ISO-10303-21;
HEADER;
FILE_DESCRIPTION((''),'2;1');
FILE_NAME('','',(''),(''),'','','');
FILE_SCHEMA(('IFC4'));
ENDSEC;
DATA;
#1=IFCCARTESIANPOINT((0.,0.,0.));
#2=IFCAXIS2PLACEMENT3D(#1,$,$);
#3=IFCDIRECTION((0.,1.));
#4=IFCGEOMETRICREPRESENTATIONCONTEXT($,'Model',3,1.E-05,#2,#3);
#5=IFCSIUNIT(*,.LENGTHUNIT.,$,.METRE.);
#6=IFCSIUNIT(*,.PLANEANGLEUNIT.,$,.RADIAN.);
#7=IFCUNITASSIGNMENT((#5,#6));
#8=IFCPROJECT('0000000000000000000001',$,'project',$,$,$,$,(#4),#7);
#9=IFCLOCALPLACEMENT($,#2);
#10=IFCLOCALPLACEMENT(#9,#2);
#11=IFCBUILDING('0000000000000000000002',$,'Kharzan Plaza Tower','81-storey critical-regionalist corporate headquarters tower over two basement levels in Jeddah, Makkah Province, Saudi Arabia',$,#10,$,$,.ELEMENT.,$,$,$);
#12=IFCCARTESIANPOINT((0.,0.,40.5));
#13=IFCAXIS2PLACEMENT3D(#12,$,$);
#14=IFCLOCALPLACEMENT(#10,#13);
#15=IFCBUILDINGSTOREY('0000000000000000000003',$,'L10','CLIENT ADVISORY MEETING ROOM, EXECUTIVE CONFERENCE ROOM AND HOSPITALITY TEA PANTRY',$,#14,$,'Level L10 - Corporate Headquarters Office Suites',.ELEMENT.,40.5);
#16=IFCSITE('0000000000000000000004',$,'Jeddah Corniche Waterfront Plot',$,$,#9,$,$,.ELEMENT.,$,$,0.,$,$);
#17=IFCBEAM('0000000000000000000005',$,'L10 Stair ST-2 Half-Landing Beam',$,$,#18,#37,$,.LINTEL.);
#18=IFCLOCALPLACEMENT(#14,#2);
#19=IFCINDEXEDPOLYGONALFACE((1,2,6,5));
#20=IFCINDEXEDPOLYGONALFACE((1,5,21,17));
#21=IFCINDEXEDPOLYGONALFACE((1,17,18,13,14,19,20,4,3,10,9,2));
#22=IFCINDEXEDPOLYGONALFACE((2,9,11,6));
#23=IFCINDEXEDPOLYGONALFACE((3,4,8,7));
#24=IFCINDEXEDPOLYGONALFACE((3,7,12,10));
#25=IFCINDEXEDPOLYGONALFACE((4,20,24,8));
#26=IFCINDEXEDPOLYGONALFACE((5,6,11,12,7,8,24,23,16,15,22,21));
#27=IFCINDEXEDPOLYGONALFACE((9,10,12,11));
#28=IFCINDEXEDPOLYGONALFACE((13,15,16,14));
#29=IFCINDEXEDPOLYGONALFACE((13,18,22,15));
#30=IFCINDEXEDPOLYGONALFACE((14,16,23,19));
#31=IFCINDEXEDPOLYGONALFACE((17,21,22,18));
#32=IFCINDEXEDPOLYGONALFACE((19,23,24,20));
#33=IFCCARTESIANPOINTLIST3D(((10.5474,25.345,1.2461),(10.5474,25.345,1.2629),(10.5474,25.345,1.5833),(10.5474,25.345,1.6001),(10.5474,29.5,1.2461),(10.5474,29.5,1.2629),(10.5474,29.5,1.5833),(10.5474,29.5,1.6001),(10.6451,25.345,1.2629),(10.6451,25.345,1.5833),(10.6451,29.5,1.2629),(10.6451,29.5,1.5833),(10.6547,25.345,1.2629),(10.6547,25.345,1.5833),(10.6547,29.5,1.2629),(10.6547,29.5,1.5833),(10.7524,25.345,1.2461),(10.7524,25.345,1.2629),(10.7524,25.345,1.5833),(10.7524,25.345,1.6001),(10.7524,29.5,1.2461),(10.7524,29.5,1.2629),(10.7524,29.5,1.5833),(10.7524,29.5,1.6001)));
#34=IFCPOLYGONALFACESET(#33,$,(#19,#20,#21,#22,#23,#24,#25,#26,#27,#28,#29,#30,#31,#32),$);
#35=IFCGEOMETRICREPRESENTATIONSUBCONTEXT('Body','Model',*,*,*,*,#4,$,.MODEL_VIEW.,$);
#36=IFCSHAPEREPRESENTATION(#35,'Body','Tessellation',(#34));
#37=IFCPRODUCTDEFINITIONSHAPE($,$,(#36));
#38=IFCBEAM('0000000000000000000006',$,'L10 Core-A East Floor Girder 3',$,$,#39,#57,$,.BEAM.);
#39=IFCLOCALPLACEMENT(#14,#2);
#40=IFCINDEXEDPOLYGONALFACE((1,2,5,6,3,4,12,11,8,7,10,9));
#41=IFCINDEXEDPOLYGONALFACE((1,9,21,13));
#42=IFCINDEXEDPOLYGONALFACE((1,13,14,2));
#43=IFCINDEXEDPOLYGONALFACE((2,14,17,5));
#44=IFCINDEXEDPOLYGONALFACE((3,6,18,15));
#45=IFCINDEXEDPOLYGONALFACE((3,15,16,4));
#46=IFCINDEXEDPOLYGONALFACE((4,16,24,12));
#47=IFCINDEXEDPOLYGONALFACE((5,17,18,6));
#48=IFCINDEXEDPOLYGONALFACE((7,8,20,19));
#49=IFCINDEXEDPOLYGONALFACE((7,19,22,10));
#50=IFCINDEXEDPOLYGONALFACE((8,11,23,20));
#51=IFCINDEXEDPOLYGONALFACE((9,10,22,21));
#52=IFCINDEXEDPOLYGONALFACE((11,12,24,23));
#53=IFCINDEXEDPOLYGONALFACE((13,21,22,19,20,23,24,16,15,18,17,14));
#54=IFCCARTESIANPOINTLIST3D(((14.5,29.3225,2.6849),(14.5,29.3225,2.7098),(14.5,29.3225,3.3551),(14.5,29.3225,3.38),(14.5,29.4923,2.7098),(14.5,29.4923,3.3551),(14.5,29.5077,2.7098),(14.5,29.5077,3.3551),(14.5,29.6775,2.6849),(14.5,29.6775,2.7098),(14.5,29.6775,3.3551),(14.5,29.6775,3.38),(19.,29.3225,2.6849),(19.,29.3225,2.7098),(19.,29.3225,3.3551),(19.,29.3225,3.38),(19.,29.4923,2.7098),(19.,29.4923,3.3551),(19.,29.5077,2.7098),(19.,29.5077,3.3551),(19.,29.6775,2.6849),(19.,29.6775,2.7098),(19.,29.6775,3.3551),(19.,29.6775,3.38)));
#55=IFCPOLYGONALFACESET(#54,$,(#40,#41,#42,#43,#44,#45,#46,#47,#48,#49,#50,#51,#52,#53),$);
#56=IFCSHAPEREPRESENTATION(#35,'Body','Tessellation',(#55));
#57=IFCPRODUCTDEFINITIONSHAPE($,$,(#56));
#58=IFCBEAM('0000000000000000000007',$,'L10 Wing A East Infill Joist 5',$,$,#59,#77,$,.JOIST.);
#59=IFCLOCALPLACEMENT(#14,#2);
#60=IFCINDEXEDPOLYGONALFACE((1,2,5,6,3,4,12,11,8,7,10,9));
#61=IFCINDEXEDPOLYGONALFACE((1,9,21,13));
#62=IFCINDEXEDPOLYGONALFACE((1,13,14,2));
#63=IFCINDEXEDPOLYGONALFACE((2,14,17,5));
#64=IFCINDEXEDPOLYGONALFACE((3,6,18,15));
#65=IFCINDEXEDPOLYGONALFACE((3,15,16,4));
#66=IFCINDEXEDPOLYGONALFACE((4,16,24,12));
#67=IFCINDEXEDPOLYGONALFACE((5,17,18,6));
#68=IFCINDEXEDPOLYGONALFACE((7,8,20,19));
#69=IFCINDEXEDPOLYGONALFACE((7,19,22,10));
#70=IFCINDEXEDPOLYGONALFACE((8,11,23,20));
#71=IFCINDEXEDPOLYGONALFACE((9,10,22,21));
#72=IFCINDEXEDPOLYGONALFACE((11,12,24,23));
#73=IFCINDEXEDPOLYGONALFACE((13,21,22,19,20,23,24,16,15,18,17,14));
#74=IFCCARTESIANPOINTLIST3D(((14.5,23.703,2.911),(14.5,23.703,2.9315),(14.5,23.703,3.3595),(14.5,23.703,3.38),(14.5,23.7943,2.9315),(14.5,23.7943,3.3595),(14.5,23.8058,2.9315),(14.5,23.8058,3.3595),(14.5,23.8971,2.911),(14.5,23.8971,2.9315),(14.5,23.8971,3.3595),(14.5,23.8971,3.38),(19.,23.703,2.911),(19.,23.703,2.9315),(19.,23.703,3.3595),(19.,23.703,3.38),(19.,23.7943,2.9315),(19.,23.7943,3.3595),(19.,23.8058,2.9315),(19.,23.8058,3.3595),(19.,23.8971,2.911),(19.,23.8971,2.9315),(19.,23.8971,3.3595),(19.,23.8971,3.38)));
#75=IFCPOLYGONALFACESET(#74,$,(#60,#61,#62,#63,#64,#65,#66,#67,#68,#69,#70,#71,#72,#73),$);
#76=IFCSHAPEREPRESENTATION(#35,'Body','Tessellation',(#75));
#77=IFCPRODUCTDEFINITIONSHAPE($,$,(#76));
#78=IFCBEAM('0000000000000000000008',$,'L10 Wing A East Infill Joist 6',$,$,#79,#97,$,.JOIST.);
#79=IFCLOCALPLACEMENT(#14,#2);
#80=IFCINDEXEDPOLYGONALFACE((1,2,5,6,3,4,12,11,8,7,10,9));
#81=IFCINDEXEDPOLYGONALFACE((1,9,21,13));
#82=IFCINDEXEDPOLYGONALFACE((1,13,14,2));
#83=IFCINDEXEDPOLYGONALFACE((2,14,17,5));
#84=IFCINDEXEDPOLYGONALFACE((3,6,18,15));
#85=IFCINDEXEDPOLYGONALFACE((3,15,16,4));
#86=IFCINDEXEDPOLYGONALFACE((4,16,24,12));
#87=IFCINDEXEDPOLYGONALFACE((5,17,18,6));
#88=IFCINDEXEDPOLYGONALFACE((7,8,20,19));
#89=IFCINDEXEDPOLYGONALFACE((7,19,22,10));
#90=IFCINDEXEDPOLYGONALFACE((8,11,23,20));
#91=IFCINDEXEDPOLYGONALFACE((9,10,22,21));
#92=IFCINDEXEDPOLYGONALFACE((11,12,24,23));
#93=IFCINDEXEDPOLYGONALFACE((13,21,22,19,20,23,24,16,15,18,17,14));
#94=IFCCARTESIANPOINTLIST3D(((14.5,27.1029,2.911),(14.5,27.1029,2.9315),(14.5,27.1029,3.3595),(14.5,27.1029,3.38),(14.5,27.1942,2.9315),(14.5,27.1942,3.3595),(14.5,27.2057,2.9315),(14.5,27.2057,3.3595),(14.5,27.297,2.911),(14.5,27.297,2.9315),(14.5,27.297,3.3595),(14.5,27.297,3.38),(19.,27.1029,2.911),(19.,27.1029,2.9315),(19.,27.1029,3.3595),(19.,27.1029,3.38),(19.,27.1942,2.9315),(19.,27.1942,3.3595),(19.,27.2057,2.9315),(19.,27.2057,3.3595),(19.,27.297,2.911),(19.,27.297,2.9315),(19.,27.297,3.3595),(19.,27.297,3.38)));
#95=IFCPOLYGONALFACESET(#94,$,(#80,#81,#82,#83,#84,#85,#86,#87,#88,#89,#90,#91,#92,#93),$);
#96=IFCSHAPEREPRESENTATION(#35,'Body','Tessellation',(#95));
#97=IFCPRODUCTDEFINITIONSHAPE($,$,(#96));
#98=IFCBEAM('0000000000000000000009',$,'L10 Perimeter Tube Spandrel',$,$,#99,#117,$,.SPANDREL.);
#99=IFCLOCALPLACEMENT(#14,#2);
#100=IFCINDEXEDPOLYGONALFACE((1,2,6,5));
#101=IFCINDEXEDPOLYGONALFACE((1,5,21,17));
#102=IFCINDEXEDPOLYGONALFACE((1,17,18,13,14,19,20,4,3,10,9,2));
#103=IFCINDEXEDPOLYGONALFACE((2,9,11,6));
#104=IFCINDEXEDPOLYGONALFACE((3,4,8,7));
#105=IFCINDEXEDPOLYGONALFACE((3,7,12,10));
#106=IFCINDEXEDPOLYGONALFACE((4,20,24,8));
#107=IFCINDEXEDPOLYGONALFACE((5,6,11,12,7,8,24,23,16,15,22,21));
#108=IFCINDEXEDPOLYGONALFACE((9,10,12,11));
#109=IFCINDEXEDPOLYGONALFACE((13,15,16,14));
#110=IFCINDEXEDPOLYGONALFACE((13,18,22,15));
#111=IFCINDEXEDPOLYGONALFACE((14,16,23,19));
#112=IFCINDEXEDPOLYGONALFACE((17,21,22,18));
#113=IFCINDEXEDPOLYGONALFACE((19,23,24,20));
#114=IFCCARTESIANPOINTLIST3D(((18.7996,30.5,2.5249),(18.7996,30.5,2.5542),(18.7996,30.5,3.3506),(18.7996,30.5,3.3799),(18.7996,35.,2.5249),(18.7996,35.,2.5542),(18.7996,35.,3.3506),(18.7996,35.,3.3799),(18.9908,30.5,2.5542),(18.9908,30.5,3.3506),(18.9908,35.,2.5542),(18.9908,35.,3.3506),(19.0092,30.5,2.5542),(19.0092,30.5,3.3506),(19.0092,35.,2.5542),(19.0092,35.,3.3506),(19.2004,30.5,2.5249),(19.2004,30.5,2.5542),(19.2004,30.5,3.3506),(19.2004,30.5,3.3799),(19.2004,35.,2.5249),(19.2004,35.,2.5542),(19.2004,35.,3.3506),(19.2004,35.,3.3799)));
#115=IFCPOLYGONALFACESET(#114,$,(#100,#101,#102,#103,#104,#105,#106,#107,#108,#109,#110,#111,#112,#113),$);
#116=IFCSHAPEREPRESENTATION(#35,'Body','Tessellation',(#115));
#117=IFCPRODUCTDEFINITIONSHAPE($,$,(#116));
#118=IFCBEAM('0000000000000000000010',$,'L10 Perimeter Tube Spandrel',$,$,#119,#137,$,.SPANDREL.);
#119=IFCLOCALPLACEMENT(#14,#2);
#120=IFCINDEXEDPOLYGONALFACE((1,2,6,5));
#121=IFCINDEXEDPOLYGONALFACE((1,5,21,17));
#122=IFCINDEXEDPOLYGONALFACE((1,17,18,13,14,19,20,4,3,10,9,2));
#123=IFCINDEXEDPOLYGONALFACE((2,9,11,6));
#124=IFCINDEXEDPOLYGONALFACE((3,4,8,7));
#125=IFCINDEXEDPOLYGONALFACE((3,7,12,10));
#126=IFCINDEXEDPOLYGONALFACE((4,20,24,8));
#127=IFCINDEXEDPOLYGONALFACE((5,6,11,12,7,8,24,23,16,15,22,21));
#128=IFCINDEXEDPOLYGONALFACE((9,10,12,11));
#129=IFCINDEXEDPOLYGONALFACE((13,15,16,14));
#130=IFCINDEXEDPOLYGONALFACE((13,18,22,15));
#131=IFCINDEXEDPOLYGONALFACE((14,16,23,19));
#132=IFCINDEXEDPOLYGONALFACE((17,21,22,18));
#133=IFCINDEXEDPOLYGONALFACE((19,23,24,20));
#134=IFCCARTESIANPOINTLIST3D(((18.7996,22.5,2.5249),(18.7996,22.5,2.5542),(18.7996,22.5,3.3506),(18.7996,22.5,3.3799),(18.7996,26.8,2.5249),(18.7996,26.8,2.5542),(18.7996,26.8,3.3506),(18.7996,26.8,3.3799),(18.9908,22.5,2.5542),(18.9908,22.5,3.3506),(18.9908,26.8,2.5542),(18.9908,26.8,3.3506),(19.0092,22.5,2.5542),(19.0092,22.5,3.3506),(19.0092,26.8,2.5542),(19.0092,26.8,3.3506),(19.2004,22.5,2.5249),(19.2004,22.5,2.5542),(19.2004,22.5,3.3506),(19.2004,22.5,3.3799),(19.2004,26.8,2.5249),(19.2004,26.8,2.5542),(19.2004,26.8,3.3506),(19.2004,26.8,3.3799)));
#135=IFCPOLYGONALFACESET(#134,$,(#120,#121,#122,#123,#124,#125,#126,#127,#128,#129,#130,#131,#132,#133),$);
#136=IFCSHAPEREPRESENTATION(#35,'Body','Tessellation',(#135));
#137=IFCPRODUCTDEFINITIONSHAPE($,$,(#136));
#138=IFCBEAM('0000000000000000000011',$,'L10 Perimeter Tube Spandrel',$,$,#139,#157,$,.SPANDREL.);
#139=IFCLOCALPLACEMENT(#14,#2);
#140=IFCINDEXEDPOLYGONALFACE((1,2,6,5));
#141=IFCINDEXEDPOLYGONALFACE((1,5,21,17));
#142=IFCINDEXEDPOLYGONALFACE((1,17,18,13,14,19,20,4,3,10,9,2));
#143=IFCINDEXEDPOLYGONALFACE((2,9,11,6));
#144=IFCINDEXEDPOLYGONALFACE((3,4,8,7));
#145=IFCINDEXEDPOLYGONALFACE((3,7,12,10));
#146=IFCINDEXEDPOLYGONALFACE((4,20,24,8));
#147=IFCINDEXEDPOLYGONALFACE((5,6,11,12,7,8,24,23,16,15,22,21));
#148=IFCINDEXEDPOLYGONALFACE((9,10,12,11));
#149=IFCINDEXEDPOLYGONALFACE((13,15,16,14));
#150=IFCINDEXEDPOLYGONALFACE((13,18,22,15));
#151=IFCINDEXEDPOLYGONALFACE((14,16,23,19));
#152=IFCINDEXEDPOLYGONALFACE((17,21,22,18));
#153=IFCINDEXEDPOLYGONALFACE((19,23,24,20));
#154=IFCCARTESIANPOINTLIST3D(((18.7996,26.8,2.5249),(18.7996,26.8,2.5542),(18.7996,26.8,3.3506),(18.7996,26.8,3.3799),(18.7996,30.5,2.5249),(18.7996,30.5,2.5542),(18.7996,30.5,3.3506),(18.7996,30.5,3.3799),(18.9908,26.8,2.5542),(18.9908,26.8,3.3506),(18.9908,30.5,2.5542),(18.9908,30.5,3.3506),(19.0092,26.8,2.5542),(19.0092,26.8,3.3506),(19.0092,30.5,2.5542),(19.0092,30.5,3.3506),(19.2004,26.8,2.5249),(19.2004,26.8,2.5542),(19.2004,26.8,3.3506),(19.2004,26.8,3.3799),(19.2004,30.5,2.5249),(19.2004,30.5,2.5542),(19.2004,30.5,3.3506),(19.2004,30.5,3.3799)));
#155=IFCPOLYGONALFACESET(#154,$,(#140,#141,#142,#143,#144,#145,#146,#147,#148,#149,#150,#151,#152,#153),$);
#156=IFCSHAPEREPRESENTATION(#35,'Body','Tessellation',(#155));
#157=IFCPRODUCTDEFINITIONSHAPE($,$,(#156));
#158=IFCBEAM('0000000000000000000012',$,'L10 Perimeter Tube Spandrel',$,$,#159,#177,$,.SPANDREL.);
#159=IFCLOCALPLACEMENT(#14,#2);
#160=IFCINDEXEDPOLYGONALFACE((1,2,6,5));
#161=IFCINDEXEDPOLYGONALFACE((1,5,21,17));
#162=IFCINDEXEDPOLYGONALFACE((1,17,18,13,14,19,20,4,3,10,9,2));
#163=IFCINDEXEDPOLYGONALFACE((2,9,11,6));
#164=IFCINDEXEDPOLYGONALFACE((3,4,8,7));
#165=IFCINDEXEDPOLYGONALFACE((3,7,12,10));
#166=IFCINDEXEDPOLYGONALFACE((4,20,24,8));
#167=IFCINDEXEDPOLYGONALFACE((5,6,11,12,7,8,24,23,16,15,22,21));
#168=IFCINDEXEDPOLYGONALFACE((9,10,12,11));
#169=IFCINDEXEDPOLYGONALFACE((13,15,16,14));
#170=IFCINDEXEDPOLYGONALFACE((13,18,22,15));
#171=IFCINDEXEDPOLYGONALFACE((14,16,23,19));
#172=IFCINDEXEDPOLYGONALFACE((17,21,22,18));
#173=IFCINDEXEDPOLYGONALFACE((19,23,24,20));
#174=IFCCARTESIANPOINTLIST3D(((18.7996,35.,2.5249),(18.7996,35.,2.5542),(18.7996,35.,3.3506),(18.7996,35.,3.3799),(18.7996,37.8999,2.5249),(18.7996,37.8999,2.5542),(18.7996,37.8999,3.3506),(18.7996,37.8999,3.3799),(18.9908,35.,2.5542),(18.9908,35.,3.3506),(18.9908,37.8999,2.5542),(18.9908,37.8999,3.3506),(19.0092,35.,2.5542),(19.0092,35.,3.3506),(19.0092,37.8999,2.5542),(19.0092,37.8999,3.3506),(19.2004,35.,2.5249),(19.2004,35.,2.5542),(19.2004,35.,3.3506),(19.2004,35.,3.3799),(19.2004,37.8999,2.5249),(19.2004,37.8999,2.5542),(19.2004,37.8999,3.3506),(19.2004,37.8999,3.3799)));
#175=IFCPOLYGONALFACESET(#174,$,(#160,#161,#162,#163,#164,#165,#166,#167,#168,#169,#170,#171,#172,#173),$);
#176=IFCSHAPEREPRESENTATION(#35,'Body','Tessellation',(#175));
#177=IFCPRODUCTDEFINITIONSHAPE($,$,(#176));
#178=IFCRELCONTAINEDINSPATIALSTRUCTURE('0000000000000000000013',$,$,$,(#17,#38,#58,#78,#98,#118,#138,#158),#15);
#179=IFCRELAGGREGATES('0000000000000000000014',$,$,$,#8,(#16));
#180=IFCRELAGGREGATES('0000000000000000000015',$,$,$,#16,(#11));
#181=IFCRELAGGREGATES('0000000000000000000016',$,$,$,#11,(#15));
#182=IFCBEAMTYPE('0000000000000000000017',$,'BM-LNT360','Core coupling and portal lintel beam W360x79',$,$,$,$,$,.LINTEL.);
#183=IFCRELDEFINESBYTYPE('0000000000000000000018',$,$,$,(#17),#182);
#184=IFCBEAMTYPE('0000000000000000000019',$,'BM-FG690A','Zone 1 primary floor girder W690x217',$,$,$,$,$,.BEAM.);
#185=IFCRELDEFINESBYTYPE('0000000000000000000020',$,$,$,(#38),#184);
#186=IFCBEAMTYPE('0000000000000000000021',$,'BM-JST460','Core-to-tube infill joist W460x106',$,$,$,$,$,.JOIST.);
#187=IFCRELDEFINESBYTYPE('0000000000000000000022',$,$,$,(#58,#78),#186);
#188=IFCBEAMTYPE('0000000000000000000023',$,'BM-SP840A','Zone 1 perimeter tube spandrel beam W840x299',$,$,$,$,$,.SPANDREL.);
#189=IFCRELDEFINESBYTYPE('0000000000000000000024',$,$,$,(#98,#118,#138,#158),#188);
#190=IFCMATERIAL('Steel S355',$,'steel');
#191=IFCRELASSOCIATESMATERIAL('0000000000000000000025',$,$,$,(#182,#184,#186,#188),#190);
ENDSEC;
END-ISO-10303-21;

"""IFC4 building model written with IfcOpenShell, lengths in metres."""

from ifc_helpers import new_model, si_unit, direction, frame, origin, origin_2d, place, context, subcontext, project, spatial, i_section, extrude, source, transform, mapped, material, material_profile, profile_set, type_object, element, save


model = new_model("IFC4")

# Units and contexts
model_context = context("Model", 3, precision=1e-05, world=origin(), true_north=direction((0.0, 1.0)))
body_context = subcontext(model_context, "Body", "Model", "MODEL_VIEW")
ifc_project = project(units=[si_unit("LENGTHUNIT", "METRE"), si_unit("PLANEANGLEUNIT", "RADIAN")], contexts=[model_context])

# Site, building, storey
site_placement = place(None, origin())
site = spatial("IfcSite", under=ifc_project, at=site_placement, Name="Jeddah Corniche Waterfront Plot", CompositionType="ELEMENT", RefElevation=0.0)
building_placement = place(site_placement, origin())
building = spatial("IfcBuilding", under=site, at=building_placement, Name="Kharzan Plaza Tower", Description="81-storey critical-regionalist corporate headquarters tower over two basement levels in Jeddah, Makkah Province, Saudi Arabia", CompositionType="ELEMENT")
storey_placement = place(building_placement, frame((0.0, 0.0, 40.5)))
storey = spatial("IfcBuildingStorey", under=building, at=storey_placement, Name="L10", Description="CLIENT ADVISORY MEETING ROOM, EXECUTIVE CONFERENCE ROOM AND HOSPITALITY TEA PANTRY", LongName="Level L10 - Corporate Headquarters Office Suites", CompositionType="ELEMENT", Elevation=40.5)

# Beams
ifc_material_1 = material(Name="Steel S355", Category="steel")
ifc_material_profile_1 = material_profile(ifc_material_1, i_section(OverallWidth=0.2051, OverallDepth=0.354, WebThickness=0.0095, FlangeThickness=0.0168, at=origin_2d()), Name="W360x79")
ifc_profile_set_1 = profile_set([ifc_material_profile_1], Name="Steel S355")
beam_type_1 = type_object("IfcBeamType", Name="BM-LNT360", Description="Core coupling and portal lintel beam W360x79", PredefinedType="LINTEL", material=ifc_profile_set_1)
shared_shape_1 = source(origin(), body_context, "Body", "SweptSolid", [
    extrude(i_section(OverallWidth=0.2051, OverallDepth=0.354, WebThickness=0.0095, FlangeThickness=0.0168, at=origin_2d()), origin(), (0.0, 0.0, 1.0), 4.155),
])
beam_1_placement = place(storey_placement, frame((10.6499, 25.345, 1.4231), z_axis=(0.0, 1.0, 0.0), x_axis=(-1.0, 0.0, 0.0)))
element("IfcBeam", 1, at=beam_1_placement, inside=storey, type_object=beam_type_1, Name="L10 Stair ST-2 Half-Landing Beam", PredefinedType="LINTEL", context=body_context, shape_type="MappedRepresentation", body=[
    mapped(shared_shape_1, transform((0.0, 0.0, 0.0), x_axis=(1.0, 0.0, 0.0), y_axis=(0.0, 1.0, 0.0), z_axis=(0.0, 0.0, 1.0))),
])
ifc_material_profile_2 = material_profile(ifc_material_1, i_section(OverallWidth=0.355, OverallDepth=0.6951, WebThickness=0.0154, FlangeThickness=0.0249, at=origin_2d()), Name="W690x217")
ifc_profile_set_2 = profile_set([ifc_material_profile_2], Name="Steel S355")
beam_type_2 = type_object("IfcBeamType", Name="BM-FG690A", Description="Zone 1 primary floor girder W690x217", PredefinedType="BEAM", material=ifc_profile_set_2)
shared_shape_2 = source(origin(), body_context, "Body", "SweptSolid", [
    extrude(i_section(OverallWidth=0.355, OverallDepth=0.6951, WebThickness=0.0154, FlangeThickness=0.0249, at=origin_2d()), origin(), (0.0, 0.0, 1.0), 4.5),
])
beam_2_placement = place(storey_placement, frame((14.5, 29.5, 3.0325), z_axis=(1.0, 0.0, 0.0), x_axis=(0.0, 1.0, 0.0)))
element("IfcBeam", 2, at=beam_2_placement, inside=storey, type_object=beam_type_2, Name="L10 Core-A East Floor Girder 3", PredefinedType="BEAM", context=body_context, shape_type="MappedRepresentation", body=[
    mapped(shared_shape_2, transform((0.0, 0.0, 0.0), x_axis=(1.0, 0.0, 0.0), y_axis=(0.0, 1.0, 0.0), z_axis=(0.0, 0.0, 1.0))),
])
ifc_material_profile_3 = material_profile(ifc_material_1, i_section(OverallWidth=0.1941, OverallDepth=0.469, WebThickness=0.0115, FlangeThickness=0.0205, at=origin_2d()), Name="W460x106")
ifc_profile_set_3 = profile_set([ifc_material_profile_3], Name="Steel S355")
beam_type_3 = type_object("IfcBeamType", Name="BM-JST460", Description="Core-to-tube infill joist W460x106", PredefinedType="JOIST", material=ifc_profile_set_3)
shared_shape_3 = source(origin(), body_context, "Body", "SweptSolid", [
    extrude(i_section(OverallWidth=0.1941, OverallDepth=0.469, WebThickness=0.0115, FlangeThickness=0.0205, at=origin_2d()), origin(), (0.0, 0.0, 1.0), 4.5),
])
for number, where, z_axis, x_axis, name in (
    (3, (14.5, 23.8, 3.1455), (1.0, 0.0, 0.0), (0.0, 1.0, 0.0), "L10 Wing A East Infill Joist 5"),
    (4, (14.5, 27.2, 3.1455), (1.0, 0.0, 0.0), (0.0, 1.0, 0.0), "L10 Wing A East Infill Joist 6"),
):
    element("IfcBeam", number, at=place(storey_placement, frame(where, z_axis=z_axis, x_axis=x_axis)), inside=storey, type_object=beam_type_3, Name=name, PredefinedType="JOIST", context=body_context, shape_type="MappedRepresentation", body=[
        mapped(shared_shape_3, transform((0.0, 0.0, 0.0), x_axis=(1.0, 0.0, 0.0), y_axis=(0.0, 1.0, 0.0), z_axis=(0.0, 0.0, 1.0))),
    ])
ifc_material_profile_4 = material_profile(ifc_material_1, i_section(OverallWidth=0.4009, OverallDepth=0.855, WebThickness=0.0183, FlangeThickness=0.0293, at=origin_2d()), Name="W840x299")
ifc_profile_set_4 = profile_set([ifc_material_profile_4], Name="Steel S355")
beam_type_4 = type_object("IfcBeamType", Name="BM-SP840A", Description="Zone 1 perimeter tube spandrel beam W840x299", PredefinedType="SPANDREL", material=ifc_profile_set_4)
shared_shape_4 = source(origin(), body_context, "Body", "SweptSolid", [
    extrude(i_section(OverallWidth=0.4009, OverallDepth=0.855, WebThickness=0.0183, FlangeThickness=0.0293, at=origin_2d()), origin(), (0.0, 0.0, 1.0), 4.5),
])
beam_3_placement = place(storey_placement, frame((19.0, 30.5, 2.9524), z_axis=(0.0, 1.0, 0.0), x_axis=(-1.0, 0.0, 0.0)))
element("IfcBeam", 5, at=beam_3_placement, inside=storey, type_object=beam_type_4, Name="L10 Perimeter Tube Spandrel", PredefinedType="SPANDREL", context=body_context, shape_type="MappedRepresentation", body=[
    mapped(shared_shape_4, transform((0.0, 0.0, 0.0), x_axis=(1.0, 0.0, 0.0), y_axis=(0.0, 1.0, 0.0), z_axis=(0.0, 0.0, 1.0))),
])
shared_shape_5 = source(origin(), body_context, "Body", "SweptSolid", [
    extrude(i_section(OverallWidth=0.4009, OverallDepth=0.855, WebThickness=0.0183, FlangeThickness=0.0293, at=origin_2d()), origin(), (0.0, 0.0, 1.0), 4.3),
])
beam_4_placement = place(storey_placement, frame((19.0, 22.5, 2.9524), z_axis=(0.0, 1.0, 0.0), x_axis=(-1.0, 0.0, 0.0)))
element("IfcBeam", 6, at=beam_4_placement, inside=storey, type_object=beam_type_4, Name="L10 Perimeter Tube Spandrel", PredefinedType="SPANDREL", context=body_context, shape_type="MappedRepresentation", body=[
    mapped(shared_shape_5, transform((0.0, 0.0, 0.0), x_axis=(1.0, 0.0, 0.0), y_axis=(0.0, 1.0, 0.0), z_axis=(0.0, 0.0, 1.0))),
])
shared_shape_6 = source(origin(), body_context, "Body", "SweptSolid", [
    extrude(i_section(OverallWidth=0.4009, OverallDepth=0.855, WebThickness=0.0183, FlangeThickness=0.0293, at=origin_2d()), origin(), (0.0, 0.0, 1.0), 3.7),
])
beam_5_placement = place(storey_placement, frame((19.0, 26.8, 2.9524), z_axis=(0.0, 1.0, 0.0), x_axis=(-1.0, 0.0, 0.0)))
element("IfcBeam", 7, at=beam_5_placement, inside=storey, type_object=beam_type_4, Name="L10 Perimeter Tube Spandrel", PredefinedType="SPANDREL", context=body_context, shape_type="MappedRepresentation", body=[
    mapped(shared_shape_6, transform((0.0, 0.0, 0.0), x_axis=(1.0, 0.0, 0.0), y_axis=(0.0, 1.0, 0.0), z_axis=(0.0, 0.0, 1.0))),
])
shared_shape_7 = source(origin(), body_context, "Body", "SweptSolid", [
    extrude(i_section(OverallWidth=0.4009, OverallDepth=0.855, WebThickness=0.0183, FlangeThickness=0.0293, at=origin_2d()), origin(), (0.0, 0.0, 1.0), 2.8999),
])
beam_6_placement = place(storey_placement, frame((19.0, 35.0, 2.9524), z_axis=(0.0, 1.0, 0.0), x_axis=(-1.0, 0.0, 0.0)))
element("IfcBeam", 8, at=beam_6_placement, inside=storey, type_object=beam_type_4, Name="L10 Perimeter Tube Spandrel", PredefinedType="SPANDREL", context=body_context, shape_type="MappedRepresentation", body=[
    mapped(shared_shape_7, transform((0.0, 0.0, 0.0), x_axis=(1.0, 0.0, 0.0), y_axis=(0.0, 1.0, 0.0), z_axis=(0.0, 0.0, 1.0))),
])

save(model, "model.ifc")
